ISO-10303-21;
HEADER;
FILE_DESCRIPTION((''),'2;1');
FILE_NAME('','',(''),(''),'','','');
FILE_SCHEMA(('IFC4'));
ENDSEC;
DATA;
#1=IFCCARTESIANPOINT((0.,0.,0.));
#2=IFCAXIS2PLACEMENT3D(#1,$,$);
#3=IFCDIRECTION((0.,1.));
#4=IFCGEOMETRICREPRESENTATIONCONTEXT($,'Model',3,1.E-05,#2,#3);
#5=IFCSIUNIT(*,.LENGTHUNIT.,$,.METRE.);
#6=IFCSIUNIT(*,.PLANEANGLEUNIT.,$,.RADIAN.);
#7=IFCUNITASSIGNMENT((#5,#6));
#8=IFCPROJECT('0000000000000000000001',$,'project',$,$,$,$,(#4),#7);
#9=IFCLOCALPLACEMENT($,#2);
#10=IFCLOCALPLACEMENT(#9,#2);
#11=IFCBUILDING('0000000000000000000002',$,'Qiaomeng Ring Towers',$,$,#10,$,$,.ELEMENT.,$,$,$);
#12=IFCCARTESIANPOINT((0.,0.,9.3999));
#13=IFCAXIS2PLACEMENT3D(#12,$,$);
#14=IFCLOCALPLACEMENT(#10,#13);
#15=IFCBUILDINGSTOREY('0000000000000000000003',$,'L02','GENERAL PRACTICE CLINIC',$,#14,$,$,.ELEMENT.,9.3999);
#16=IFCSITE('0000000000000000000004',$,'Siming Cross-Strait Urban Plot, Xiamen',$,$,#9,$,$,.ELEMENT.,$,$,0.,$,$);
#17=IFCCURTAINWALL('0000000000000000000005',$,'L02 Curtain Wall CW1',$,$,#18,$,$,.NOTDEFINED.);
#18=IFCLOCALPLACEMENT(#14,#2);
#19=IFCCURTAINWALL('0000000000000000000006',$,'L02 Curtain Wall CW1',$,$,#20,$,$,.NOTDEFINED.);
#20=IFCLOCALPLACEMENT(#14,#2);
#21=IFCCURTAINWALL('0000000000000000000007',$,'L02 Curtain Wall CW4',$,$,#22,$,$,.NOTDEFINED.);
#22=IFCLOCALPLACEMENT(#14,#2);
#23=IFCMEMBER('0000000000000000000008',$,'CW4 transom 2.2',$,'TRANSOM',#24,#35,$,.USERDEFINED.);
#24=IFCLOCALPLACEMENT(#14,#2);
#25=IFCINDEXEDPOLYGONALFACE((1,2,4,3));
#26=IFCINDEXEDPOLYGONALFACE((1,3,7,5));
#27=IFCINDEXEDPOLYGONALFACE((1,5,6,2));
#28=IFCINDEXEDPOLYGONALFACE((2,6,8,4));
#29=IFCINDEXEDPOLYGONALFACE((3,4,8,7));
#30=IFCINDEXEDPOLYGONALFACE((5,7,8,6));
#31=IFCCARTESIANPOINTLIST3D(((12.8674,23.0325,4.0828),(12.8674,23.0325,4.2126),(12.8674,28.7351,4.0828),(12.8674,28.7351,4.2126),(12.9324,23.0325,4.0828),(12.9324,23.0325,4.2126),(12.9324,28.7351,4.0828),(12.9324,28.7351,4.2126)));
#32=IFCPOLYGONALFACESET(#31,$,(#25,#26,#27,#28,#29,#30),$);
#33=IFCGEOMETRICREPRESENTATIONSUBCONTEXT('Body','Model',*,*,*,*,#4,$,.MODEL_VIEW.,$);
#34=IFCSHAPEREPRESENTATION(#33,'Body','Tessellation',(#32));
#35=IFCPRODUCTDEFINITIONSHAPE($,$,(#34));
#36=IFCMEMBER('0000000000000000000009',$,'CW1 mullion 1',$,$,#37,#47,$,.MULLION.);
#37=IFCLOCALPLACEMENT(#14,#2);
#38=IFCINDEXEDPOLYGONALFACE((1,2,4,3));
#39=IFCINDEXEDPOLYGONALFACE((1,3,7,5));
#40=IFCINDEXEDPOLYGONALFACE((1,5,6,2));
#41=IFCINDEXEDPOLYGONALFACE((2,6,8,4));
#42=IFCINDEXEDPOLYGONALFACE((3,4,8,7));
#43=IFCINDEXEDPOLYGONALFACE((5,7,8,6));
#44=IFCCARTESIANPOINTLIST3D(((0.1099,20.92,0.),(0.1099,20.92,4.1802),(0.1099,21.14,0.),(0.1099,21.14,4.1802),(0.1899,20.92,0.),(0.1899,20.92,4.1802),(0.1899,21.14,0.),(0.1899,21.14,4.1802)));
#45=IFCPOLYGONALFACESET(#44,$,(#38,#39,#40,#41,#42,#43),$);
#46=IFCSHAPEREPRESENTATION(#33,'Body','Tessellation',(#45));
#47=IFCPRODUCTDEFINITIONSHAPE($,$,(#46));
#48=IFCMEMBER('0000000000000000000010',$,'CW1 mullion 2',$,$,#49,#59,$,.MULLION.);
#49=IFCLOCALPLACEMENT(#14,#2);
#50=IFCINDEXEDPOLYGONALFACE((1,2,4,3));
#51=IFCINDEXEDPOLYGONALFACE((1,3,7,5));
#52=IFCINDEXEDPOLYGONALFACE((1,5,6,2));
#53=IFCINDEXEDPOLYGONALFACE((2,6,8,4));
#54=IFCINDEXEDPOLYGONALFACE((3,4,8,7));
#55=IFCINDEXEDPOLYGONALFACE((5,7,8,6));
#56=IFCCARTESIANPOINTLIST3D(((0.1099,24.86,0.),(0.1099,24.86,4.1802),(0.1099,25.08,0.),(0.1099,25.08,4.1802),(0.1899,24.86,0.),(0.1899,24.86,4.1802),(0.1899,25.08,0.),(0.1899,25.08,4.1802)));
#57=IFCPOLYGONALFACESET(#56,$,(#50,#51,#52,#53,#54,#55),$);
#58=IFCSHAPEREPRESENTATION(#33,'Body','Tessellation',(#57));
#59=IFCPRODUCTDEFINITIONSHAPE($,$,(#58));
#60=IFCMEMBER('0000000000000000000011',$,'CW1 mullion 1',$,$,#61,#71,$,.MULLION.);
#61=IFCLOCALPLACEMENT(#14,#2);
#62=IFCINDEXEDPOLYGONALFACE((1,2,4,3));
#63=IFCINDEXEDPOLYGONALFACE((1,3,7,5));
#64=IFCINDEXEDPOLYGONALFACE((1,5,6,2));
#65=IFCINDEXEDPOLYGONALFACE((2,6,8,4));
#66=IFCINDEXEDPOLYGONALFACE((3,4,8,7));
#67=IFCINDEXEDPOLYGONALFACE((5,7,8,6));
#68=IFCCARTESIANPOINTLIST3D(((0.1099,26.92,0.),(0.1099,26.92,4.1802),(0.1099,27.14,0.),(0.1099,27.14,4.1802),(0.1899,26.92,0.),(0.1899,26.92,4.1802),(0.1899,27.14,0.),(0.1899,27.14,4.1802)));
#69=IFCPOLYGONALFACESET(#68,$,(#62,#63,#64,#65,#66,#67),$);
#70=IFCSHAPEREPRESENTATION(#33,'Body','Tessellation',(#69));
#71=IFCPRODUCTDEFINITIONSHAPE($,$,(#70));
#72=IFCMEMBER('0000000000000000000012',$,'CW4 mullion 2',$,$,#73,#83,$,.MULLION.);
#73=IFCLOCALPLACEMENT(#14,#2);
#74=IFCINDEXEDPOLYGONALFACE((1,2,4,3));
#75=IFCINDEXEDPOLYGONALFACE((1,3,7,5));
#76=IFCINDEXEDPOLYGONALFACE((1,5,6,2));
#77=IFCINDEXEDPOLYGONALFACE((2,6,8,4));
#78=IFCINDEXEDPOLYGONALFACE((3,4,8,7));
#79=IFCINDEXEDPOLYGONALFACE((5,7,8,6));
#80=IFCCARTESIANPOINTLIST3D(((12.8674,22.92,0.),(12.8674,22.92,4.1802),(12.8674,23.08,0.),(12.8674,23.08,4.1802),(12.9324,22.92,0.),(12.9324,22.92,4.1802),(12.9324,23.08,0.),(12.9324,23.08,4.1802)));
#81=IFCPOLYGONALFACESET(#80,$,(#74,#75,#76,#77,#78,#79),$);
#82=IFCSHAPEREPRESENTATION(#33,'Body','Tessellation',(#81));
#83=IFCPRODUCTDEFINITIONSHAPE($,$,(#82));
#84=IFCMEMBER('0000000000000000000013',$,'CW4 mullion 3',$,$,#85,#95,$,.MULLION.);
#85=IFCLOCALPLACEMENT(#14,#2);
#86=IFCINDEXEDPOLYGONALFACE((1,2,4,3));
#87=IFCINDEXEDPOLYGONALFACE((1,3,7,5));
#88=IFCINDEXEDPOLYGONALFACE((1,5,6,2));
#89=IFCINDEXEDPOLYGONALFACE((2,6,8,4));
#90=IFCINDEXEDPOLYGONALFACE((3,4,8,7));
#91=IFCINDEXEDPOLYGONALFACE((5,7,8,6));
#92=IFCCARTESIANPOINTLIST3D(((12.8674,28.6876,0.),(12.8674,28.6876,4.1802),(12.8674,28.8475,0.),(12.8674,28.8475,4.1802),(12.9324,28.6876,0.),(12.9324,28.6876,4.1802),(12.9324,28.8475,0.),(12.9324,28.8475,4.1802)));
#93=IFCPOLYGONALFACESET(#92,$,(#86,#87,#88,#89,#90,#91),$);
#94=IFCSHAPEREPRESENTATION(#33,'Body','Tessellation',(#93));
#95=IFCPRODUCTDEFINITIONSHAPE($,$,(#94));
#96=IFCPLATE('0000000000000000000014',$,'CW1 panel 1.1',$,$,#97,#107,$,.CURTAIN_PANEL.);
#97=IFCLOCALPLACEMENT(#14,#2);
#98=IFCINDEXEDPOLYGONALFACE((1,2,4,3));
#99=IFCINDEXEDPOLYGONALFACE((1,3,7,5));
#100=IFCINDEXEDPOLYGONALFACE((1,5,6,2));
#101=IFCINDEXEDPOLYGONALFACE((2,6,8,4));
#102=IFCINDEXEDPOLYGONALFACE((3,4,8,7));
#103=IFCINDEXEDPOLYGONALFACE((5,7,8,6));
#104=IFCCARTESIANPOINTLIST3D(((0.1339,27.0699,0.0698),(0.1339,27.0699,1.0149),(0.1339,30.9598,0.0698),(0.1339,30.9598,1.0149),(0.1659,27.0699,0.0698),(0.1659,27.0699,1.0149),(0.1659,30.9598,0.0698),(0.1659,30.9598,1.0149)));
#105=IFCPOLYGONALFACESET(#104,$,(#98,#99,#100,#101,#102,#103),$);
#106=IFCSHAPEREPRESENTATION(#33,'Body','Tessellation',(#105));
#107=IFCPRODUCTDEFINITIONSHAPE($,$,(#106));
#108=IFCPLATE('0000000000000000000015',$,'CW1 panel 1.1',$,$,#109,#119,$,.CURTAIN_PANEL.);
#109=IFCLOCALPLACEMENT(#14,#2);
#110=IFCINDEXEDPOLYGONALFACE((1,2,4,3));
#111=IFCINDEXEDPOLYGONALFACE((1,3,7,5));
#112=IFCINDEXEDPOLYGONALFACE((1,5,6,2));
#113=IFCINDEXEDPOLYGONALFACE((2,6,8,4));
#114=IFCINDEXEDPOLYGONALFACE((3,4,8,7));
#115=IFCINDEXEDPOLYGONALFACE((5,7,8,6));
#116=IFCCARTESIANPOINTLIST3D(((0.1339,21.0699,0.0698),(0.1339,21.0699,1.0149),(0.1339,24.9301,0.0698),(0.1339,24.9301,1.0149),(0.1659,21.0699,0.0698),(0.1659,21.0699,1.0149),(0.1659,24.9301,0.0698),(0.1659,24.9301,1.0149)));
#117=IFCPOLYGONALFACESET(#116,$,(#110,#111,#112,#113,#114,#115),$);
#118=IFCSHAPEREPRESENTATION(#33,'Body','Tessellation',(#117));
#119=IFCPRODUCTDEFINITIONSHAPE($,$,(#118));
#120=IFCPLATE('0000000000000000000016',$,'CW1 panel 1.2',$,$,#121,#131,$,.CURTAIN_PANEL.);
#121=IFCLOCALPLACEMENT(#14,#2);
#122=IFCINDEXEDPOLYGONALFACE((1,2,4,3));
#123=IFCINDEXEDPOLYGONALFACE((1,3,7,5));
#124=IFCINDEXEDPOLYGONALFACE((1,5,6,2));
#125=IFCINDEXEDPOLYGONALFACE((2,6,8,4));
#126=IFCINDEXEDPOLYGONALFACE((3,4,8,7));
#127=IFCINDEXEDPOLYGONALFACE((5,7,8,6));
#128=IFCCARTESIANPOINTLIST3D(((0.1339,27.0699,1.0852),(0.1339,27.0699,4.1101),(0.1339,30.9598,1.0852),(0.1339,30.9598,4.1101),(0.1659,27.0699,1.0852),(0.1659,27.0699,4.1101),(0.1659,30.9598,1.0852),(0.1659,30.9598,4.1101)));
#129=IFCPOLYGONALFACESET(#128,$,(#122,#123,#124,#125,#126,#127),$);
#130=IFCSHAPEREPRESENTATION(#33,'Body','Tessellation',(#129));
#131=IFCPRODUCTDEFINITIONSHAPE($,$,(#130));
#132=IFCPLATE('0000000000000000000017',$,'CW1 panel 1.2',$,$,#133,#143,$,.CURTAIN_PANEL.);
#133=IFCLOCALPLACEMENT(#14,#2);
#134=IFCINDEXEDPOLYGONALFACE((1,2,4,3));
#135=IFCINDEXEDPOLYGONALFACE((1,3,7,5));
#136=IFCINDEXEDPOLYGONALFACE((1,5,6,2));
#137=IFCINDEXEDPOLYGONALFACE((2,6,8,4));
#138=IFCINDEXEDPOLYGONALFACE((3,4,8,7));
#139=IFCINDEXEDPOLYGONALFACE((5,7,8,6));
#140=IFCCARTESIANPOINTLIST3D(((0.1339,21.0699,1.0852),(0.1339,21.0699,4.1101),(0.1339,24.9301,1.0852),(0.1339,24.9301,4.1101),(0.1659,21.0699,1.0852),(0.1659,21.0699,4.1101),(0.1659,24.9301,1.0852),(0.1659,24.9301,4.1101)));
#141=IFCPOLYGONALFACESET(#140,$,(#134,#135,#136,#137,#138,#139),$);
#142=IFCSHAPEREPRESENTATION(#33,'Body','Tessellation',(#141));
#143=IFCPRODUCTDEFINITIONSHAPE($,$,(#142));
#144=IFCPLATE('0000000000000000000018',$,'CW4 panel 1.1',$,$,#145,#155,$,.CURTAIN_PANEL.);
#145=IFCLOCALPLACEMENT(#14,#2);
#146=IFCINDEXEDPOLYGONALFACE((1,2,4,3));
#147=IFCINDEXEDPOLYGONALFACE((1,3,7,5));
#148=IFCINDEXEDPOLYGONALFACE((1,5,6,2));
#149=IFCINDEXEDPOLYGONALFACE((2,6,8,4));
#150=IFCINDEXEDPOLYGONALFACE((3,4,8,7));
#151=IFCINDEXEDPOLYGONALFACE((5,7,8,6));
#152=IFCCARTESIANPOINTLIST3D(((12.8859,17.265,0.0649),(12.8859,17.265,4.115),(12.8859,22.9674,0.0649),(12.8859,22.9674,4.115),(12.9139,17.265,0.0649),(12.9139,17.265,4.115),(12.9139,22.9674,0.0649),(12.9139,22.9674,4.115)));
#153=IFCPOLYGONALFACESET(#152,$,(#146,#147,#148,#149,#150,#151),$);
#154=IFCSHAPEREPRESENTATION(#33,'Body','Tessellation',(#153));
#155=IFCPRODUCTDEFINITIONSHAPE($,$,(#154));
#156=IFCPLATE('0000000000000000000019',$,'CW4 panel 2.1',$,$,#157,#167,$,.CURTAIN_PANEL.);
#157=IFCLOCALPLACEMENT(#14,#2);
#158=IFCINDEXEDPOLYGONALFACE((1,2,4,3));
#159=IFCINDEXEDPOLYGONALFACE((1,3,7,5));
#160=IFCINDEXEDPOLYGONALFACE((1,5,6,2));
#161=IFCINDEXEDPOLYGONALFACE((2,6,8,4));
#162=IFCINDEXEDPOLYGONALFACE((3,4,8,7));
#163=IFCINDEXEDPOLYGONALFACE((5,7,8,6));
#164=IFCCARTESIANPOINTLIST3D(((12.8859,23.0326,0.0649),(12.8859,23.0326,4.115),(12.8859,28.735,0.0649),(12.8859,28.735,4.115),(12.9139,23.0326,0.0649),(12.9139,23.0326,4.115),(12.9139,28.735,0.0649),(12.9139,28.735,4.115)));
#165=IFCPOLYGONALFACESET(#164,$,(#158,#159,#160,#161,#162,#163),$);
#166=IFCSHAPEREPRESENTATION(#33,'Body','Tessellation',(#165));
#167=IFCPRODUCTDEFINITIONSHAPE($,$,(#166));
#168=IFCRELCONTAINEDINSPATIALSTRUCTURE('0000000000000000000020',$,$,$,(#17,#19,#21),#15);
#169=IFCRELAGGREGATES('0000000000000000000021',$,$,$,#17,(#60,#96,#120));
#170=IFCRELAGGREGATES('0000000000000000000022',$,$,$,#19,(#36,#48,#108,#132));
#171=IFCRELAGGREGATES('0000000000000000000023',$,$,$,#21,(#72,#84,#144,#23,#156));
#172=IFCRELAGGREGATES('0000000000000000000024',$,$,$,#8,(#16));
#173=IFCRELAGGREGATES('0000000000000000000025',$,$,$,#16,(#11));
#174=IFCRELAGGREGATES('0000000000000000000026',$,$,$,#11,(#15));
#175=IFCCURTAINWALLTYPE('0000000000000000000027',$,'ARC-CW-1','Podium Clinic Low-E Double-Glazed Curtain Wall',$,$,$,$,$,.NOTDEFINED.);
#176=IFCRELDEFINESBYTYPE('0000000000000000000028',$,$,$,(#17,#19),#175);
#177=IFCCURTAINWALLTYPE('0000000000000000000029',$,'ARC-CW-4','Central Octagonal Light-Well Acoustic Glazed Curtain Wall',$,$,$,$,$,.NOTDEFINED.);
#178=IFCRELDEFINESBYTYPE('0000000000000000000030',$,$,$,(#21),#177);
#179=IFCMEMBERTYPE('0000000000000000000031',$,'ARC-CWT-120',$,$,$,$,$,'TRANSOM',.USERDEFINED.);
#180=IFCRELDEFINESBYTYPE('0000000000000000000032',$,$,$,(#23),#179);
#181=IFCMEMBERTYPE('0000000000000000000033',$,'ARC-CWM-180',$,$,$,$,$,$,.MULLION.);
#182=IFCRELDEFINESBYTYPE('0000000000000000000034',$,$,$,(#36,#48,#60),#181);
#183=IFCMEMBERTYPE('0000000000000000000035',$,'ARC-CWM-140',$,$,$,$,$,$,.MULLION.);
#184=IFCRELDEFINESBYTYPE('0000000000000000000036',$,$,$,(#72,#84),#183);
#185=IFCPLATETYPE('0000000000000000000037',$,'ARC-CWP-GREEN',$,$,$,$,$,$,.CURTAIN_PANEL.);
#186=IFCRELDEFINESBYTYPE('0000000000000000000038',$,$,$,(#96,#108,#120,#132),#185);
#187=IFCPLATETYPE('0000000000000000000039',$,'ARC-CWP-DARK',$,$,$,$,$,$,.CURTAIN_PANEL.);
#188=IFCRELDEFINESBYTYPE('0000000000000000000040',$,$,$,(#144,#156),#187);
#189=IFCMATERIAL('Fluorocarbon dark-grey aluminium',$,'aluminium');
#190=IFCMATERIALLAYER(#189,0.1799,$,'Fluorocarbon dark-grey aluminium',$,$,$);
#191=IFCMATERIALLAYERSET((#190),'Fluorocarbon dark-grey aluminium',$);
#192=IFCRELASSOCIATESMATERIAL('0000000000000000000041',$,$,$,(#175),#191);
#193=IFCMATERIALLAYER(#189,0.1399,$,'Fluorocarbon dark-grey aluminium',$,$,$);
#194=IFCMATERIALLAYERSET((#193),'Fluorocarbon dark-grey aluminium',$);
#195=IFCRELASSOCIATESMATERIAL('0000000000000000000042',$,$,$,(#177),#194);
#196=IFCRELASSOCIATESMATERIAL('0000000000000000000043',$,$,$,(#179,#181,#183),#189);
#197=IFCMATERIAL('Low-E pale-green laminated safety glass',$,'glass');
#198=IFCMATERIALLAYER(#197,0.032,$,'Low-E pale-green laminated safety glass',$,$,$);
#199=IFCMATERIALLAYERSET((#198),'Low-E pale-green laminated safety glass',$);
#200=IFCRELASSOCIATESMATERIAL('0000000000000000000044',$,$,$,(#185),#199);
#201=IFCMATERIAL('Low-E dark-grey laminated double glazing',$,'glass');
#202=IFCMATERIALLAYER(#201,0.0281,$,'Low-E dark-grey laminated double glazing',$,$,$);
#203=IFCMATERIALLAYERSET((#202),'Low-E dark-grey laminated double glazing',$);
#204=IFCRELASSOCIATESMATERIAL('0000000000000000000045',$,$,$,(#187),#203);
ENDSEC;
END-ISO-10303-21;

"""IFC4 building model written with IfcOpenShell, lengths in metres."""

from ifc_helpers import new_model, si_unit, direction, frame, origin, origin_2d, place, context, subcontext, project, spatial, rectangle, extrude, source, transform, mapped, material, layer, layer_set, material_profile, profile_set, type_object, element, aggregate, save


model = new_model("IFC4")

# Units and contexts
model_context = context("Model", 3, precision=1e-05, world=origin(), true_north=direction((0.0, 1.0)))
body_context = subcontext(model_context, "Body", "Model", "MODEL_VIEW")
ifc_project = project(units=[si_unit("LENGTHUNIT", "METRE"), si_unit("PLANEANGLEUNIT", "RADIAN")], contexts=[model_context])

# Site, building, storey
site_placement = place(None, origin())
site = spatial("IfcSite", under=ifc_project, at=site_placement, Name="Siming Cross-Strait Urban Plot, Xiamen", CompositionType="ELEMENT", RefElevation=0.0)
building_placement = place(site_placement, origin())
building = spatial("IfcBuilding", under=site, at=building_placement, Name="Qiaomeng Ring Towers", CompositionType="ELEMENT")
storey_placement = place(building_placement, frame((0.0, 0.0, 9.3999)))
storey = spatial("IfcBuildingStorey", under=building, at=storey_placement, Name="L02", Description="GENERAL PRACTICE CLINIC", CompositionType="ELEMENT", Elevation=9.3999)

# Curtain walls, member
ifc_material_1 = material(Name="Fluorocarbon dark-grey aluminium", Category="aluminium")
ifc_layer_1 = layer(ifc_material_1, 0.1799, Name="Fluorocarbon dark-grey aluminium")
ifc_layer_set_1 = layer_set([ifc_layer_1], Name="Fluorocarbon dark-grey aluminium")
curtain_wall_type_1 = type_object("IfcCurtainWallType", Name="ARC-CW-1", Description="Podium Clinic Low-E Double-Glazed Curtain Wall", PredefinedType="NOTDEFINED", material=ifc_layer_set_1)
curtain_wall_1_placement = place(storey_placement, origin())
curtain_wall_1 = element("IfcCurtainWall", 1, at=curtain_wall_1_placement, inside=storey, type_object=curtain_wall_type_1, Name="L02 Curtain Wall CW1", PredefinedType="NOTDEFINED")
curtain_wall_2_placement = place(storey_placement, origin())
curtain_wall_2 = element("IfcCurtainWall", 2, at=curtain_wall_2_placement, inside=storey, type_object=curtain_wall_type_1, Name="L02 Curtain Wall CW1", PredefinedType="NOTDEFINED")
ifc_layer_2 = layer(ifc_material_1, 0.1399, Name="Fluorocarbon dark-grey aluminium")
ifc_layer_set_2 = layer_set([ifc_layer_2], Name="Fluorocarbon dark-grey aluminium")
curtain_wall_type_2 = type_object("IfcCurtainWallType", Name="ARC-CW-4", Description="Central Octagonal Light-Well Acoustic Glazed Curtain Wall", PredefinedType="NOTDEFINED", material=ifc_layer_set_2)
curtain_wall_3_placement = place(storey_placement, origin())
curtain_wall_3 = element("IfcCurtainWall", 3, at=curtain_wall_3_placement, inside=storey, type_object=curtain_wall_type_2, Name="L02 Curtain Wall CW4", PredefinedType="NOTDEFINED")
ifc_material_profile_1 = material_profile(ifc_material_1, rectangle(XDim=0.0649, YDim=0.1299, at=origin_2d()), Name="ALU TRAN 65x130")
ifc_profile_set_1 = profile_set([ifc_material_profile_1], Name="Fluorocarbon dark-grey aluminium")
member_type_1 = type_object("IfcMemberType", Name="ARC-CWT-120", ElementType="TRANSOM", PredefinedType="USERDEFINED", material=ifc_profile_set_1)
shared_shape_1 = source(origin(), body_context, "Body", "SweptSolid", [
    extrude(rectangle(XDim=0.0649, YDim=0.1299, at=origin_2d()), origin(), (0.0, 0.0, 1.0), 5.7026),
])
member_1_placement = place(storey_placement, frame((12.8999, 23.0325, 4.1477), z_axis=(0.0, 1.0, 0.0), x_axis=(-1.0, 0.0, 0.0)))
member_1 = element("IfcMember", 4, at=member_1_placement, type_object=member_type_1, Name="CW4 transom 2.2", ObjectType="TRANSOM", PredefinedType="USERDEFINED", context=body_context, shape_type="MappedRepresentation", body=[
    mapped(shared_shape_1, transform((0.0, 0.0, 0.0), x_axis=(1.0, 0.0, 0.0), y_axis=(0.0, 1.0, 0.0), z_axis=(0.0, 0.0, 1.0), scale=1.0)),
])

# Members
ifc_material_profile_2 = material_profile(ifc_material_1, rectangle(XDim=0.0801, YDim=0.22, at=origin_2d()), Name="ALU MULL 80x220")
ifc_profile_set_2 = profile_set([ifc_material_profile_2], Name="Fluorocarbon dark-grey aluminium")
member_type_2 = type_object("IfcMemberType", Name="ARC-CWM-180", PredefinedType="MULLION", material=ifc_profile_set_2)
shared_shape_2 = source(origin(), body_context, "Body", "SweptSolid", [
    extrude(rectangle(XDim=0.0801, YDim=0.22, at=origin_2d()), origin(), (0.0, 0.0, 1.0), 4.1802),
])
member_2_placement = place(storey_placement, frame((0.1499, 21.03, 0.0), z_axis=(0.0, 0.0, 1.0), x_axis=(-1.0, 0.0, 0.0)))
member_2 = element("IfcMember", 5, at=member_2_placement, type_object=member_type_2, Name="CW1 mullion 1", PredefinedType="MULLION", context=body_context, shape_type="MappedRepresentation", body=[
    mapped(shared_shape_2, transform((0.0, 0.0, 0.0), x_axis=(1.0, 0.0, 0.0), y_axis=(0.0, 1.0, 0.0), z_axis=(0.0, 0.0, 1.0), scale=1.0)),
])
member_3_placement = place(storey_placement, frame((0.1499, 24.97, 0.0), z_axis=(0.0, 0.0, 1.0), x_axis=(-1.0, 0.0, 0.0)))
member_3 = element("IfcMember", 6, at=member_3_placement, type_object=member_type_2, Name="CW1 mullion 2", PredefinedType="MULLION", context=body_context, shape_type="MappedRepresentation", body=[
    mapped(shared_shape_2, transform((0.0, 0.0, 0.0), x_axis=(1.0, 0.0, 0.0), y_axis=(0.0, 1.0, 0.0), z_axis=(0.0, 0.0, 1.0), scale=1.0)),
])
member_4_placement = place(storey_placement, frame((0.1499, 27.03, 0.0), z_axis=(0.0, 0.0, 1.0), x_axis=(-1.0, 0.0, 0.0)))
member_4 = element("IfcMember", 7, at=member_4_placement, type_object=member_type_2, Name="CW1 mullion 1", PredefinedType="MULLION", context=body_context, shape_type="MappedRepresentation", body=[
    mapped(shared_shape_2, transform((0.0, 0.0, 0.0), x_axis=(1.0, 0.0, 0.0), y_axis=(0.0, 1.0, 0.0), z_axis=(0.0, 0.0, 1.0), scale=1.0)),
])
ifc_material_profile_3 = material_profile(ifc_material_1, rectangle(XDim=0.0649, YDim=0.1599, at=origin_2d()), Name="ALU MULL 65x160")
ifc_profile_set_3 = profile_set([ifc_material_profile_3], Name="Fluorocarbon dark-grey aluminium")
member_type_3 = type_object("IfcMemberType", Name="ARC-CWM-140", PredefinedType="MULLION", material=ifc_profile_set_3)
shared_shape_3 = source(origin(), body_context, "Body", "SweptSolid", [
    extrude(rectangle(XDim=0.0649, YDim=0.1599, at=origin_2d()), origin(), (0.0, 0.0, 1.0), 4.1802),
])
member_5_placement = place(storey_placement, frame((12.8999, 23.0, 0.0), z_axis=(0.0, 0.0, 1.0), x_axis=(-1.0, 0.0, 0.0)))
member_5 = element("IfcMember", 8, at=member_5_placement, type_object=member_type_3, Name="CW4 mullion 2", PredefinedType="MULLION", context=body_context, shape_type="MappedRepresentation", body=[
    mapped(shared_shape_3, transform((0.0, 0.0, 0.0), x_axis=(1.0, 0.0, 0.0), y_axis=(0.0, 1.0, 0.0), z_axis=(0.0, 0.0, 1.0), scale=1.0)),
])
member_6_placement = place(storey_placement, frame((12.8999, 28.7676, 0.0), z_axis=(0.0, 0.0, 1.0), x_axis=(-1.0, 0.0, 0.0)))
member_6 = element("IfcMember", 9, at=member_6_placement, type_object=member_type_3, Name="CW4 mullion 3", PredefinedType="MULLION", context=body_context, shape_type="MappedRepresentation", body=[
    mapped(shared_shape_3, transform((0.0, 0.0, 0.0), x_axis=(1.0, 0.0, 0.0), y_axis=(0.0, 1.0, 0.0), z_axis=(0.0, 0.0, 1.0), scale=1.0)),
])

# Plates
ifc_material_2 = material(Name="Low-E pale-green laminated safety glass", Category="glass")
ifc_layer_3 = layer(ifc_material_2, 0.032, Name="Low-E pale-green laminated safety glass")
ifc_layer_set_3 = layer_set([ifc_layer_3], Name="Low-E pale-green laminated safety glass")
plate_type_1 = type_object("IfcPlateType", Name="ARC-CWP-GREEN", PredefinedType="CURTAIN_PANEL", material=ifc_layer_set_3)
shared_shape_4 = source(origin(), body_context, "Body", "SweptSolid", [
    extrude(rectangle(XDim=3.8899, YDim=0.032, at=origin_2d()), origin(), (0.0, 0.0, 1.0), 0.9451),
])
plate_1_placement = place(storey_placement, frame((0.1499, 29.0149, 0.0698), z_axis=(0.0, 0.0, 1.0), x_axis=(0.0, 1.0, 0.0)))
plate_1 = element("IfcPlate", 10, at=plate_1_placement, type_object=plate_type_1, Name="CW1 panel 1.1", PredefinedType="CURTAIN_PANEL", context=body_context, shape_type="MappedRepresentation", body=[
    mapped(shared_shape_4, transform((0.0, 0.0, 0.0), x_axis=(1.0, 0.0, 0.0), y_axis=(0.0, 1.0, 0.0), z_axis=(0.0, 0.0, 1.0), scale=1.0)),
])
shared_shape_5 = source(origin(), body_context, "Body", "SweptSolid", [
    extrude(rectangle(XDim=3.8601, YDim=0.032, at=origin_2d()), origin(), (0.0, 0.0, 1.0), 0.9451),
])
plate_2_placement = place(storey_placement, frame((0.1499, 23.0, 0.0698), z_axis=(0.0, 0.0, 1.0), x_axis=(0.0, 1.0, 0.0)))
plate_2 = element("IfcPlate", 11, at=plate_2_placement, type_object=plate_type_1, Name="CW1 panel 1.1", PredefinedType="CURTAIN_PANEL", context=body_context, shape_type="MappedRepresentation", body=[
    mapped(shared_shape_5, transform((0.0, 0.0, 0.0), x_axis=(1.0, 0.0, 0.0), y_axis=(0.0, 1.0, 0.0), z_axis=(0.0, 0.0, 1.0), scale=1.0)),
])
shared_shape_6 = source(origin(), body_context, "Body", "SweptSolid", [
    extrude(rectangle(XDim=3.8899, YDim=0.032, at=origin_2d()), origin(), (0.0, 0.0, 1.0), 3.0249),
])
plate_3_placement = place(storey_placement, frame((0.1499, 29.0149, 1.0852), z_axis=(0.0, 0.0, 1.0), x_axis=(0.0, 1.0, 0.0)))
plate_3 = element("IfcPlate", 12, at=plate_3_placement, type_object=plate_type_1, Name="CW1 panel 1.2", PredefinedType="CURTAIN_PANEL", context=body_context, shape_type="MappedRepresentation", body=[
    mapped(shared_shape_6, transform((0.0, 0.0, 0.0), x_axis=(1.0, 0.0, 0.0), y_axis=(0.0, 1.0, 0.0), z_axis=(0.0, 0.0, 1.0), scale=1.0)),
])
aggregate(curtain_wall_1, [member_4, plate_1, plate_3])
shared_shape_7 = source(origin(), body_context, "Body", "SweptSolid", [
    extrude(rectangle(XDim=3.8601, YDim=0.032, at=origin_2d()), origin(), (0.0, 0.0, 1.0), 3.0249),
])
plate_4_placement = place(storey_placement, frame((0.1499, 23.0, 1.0852), z_axis=(0.0, 0.0, 1.0), x_axis=(0.0, 1.0, 0.0)))
plate_4 = element("IfcPlate", 13, at=plate_4_placement, type_object=plate_type_1, Name="CW1 panel 1.2", PredefinedType="CURTAIN_PANEL", context=body_context, shape_type="MappedRepresentation", body=[
    mapped(shared_shape_7, transform((0.0, 0.0, 0.0), x_axis=(1.0, 0.0, 0.0), y_axis=(0.0, 1.0, 0.0), z_axis=(0.0, 0.0, 1.0), scale=1.0)),
])
aggregate(curtain_wall_2, [member_2, member_3, plate_2, plate_4])
ifc_material_3 = material(Name="Low-E dark-grey laminated double glazing", Category="glass")
ifc_layer_4 = layer(ifc_material_3, 0.0281, Name="Low-E dark-grey laminated double glazing")
ifc_layer_set_4 = layer_set([ifc_layer_4], Name="Low-E dark-grey laminated double glazing")
plate_type_2 = type_object("IfcPlateType", Name="ARC-CWP-DARK", PredefinedType="CURTAIN_PANEL", material=ifc_layer_set_4)
shared_shape_8 = source(origin(), body_context, "Body", "SweptSolid", [
    extrude(rectangle(XDim=5.7024, YDim=0.0281, at=origin_2d()), origin(), (0.0, 0.0, 1.0), 4.05),
])
plate_5_placement = place(storey_placement, frame((12.8999, 20.1162, 0.0649), z_axis=(0.0, 0.0, 1.0), x_axis=(0.0, 1.0, 0.0)))
plate_5 = element("IfcPlate", 14, at=plate_5_placement, type_object=plate_type_2, Name="CW4 panel 1.1", PredefinedType="CURTAIN_PANEL", context=body_context, shape_type="MappedRepresentation", body=[
    mapped(shared_shape_8, transform((0.0, 0.0, 0.0), x_axis=(1.0, 0.0, 0.0), y_axis=(0.0, 1.0, 0.0), z_axis=(0.0, 0.0, 1.0), scale=1.0)),
])
plate_6_placement = place(storey_placement, frame((12.8999, 25.8838, 0.0649), z_axis=(0.0, 0.0, 1.0), x_axis=(0.0, 1.0, 0.0)))
plate_6 = element("IfcPlate", 15, at=plate_6_placement, type_object=plate_type_2, Name="CW4 panel 2.1", PredefinedType="CURTAIN_PANEL", context=body_context, shape_type="MappedRepresentation", body=[
    mapped(shared_shape_8, transform((0.0, 0.0, 0.0), x_axis=(1.0, 0.0, 0.0), y_axis=(0.0, 1.0, 0.0), z_axis=(0.0, 0.0, 1.0), scale=1.0)),
])
aggregate(curtain_wall_3, [member_5, member_6, plate_5, member_1, plate_6])

save(model, "model.ifc")
